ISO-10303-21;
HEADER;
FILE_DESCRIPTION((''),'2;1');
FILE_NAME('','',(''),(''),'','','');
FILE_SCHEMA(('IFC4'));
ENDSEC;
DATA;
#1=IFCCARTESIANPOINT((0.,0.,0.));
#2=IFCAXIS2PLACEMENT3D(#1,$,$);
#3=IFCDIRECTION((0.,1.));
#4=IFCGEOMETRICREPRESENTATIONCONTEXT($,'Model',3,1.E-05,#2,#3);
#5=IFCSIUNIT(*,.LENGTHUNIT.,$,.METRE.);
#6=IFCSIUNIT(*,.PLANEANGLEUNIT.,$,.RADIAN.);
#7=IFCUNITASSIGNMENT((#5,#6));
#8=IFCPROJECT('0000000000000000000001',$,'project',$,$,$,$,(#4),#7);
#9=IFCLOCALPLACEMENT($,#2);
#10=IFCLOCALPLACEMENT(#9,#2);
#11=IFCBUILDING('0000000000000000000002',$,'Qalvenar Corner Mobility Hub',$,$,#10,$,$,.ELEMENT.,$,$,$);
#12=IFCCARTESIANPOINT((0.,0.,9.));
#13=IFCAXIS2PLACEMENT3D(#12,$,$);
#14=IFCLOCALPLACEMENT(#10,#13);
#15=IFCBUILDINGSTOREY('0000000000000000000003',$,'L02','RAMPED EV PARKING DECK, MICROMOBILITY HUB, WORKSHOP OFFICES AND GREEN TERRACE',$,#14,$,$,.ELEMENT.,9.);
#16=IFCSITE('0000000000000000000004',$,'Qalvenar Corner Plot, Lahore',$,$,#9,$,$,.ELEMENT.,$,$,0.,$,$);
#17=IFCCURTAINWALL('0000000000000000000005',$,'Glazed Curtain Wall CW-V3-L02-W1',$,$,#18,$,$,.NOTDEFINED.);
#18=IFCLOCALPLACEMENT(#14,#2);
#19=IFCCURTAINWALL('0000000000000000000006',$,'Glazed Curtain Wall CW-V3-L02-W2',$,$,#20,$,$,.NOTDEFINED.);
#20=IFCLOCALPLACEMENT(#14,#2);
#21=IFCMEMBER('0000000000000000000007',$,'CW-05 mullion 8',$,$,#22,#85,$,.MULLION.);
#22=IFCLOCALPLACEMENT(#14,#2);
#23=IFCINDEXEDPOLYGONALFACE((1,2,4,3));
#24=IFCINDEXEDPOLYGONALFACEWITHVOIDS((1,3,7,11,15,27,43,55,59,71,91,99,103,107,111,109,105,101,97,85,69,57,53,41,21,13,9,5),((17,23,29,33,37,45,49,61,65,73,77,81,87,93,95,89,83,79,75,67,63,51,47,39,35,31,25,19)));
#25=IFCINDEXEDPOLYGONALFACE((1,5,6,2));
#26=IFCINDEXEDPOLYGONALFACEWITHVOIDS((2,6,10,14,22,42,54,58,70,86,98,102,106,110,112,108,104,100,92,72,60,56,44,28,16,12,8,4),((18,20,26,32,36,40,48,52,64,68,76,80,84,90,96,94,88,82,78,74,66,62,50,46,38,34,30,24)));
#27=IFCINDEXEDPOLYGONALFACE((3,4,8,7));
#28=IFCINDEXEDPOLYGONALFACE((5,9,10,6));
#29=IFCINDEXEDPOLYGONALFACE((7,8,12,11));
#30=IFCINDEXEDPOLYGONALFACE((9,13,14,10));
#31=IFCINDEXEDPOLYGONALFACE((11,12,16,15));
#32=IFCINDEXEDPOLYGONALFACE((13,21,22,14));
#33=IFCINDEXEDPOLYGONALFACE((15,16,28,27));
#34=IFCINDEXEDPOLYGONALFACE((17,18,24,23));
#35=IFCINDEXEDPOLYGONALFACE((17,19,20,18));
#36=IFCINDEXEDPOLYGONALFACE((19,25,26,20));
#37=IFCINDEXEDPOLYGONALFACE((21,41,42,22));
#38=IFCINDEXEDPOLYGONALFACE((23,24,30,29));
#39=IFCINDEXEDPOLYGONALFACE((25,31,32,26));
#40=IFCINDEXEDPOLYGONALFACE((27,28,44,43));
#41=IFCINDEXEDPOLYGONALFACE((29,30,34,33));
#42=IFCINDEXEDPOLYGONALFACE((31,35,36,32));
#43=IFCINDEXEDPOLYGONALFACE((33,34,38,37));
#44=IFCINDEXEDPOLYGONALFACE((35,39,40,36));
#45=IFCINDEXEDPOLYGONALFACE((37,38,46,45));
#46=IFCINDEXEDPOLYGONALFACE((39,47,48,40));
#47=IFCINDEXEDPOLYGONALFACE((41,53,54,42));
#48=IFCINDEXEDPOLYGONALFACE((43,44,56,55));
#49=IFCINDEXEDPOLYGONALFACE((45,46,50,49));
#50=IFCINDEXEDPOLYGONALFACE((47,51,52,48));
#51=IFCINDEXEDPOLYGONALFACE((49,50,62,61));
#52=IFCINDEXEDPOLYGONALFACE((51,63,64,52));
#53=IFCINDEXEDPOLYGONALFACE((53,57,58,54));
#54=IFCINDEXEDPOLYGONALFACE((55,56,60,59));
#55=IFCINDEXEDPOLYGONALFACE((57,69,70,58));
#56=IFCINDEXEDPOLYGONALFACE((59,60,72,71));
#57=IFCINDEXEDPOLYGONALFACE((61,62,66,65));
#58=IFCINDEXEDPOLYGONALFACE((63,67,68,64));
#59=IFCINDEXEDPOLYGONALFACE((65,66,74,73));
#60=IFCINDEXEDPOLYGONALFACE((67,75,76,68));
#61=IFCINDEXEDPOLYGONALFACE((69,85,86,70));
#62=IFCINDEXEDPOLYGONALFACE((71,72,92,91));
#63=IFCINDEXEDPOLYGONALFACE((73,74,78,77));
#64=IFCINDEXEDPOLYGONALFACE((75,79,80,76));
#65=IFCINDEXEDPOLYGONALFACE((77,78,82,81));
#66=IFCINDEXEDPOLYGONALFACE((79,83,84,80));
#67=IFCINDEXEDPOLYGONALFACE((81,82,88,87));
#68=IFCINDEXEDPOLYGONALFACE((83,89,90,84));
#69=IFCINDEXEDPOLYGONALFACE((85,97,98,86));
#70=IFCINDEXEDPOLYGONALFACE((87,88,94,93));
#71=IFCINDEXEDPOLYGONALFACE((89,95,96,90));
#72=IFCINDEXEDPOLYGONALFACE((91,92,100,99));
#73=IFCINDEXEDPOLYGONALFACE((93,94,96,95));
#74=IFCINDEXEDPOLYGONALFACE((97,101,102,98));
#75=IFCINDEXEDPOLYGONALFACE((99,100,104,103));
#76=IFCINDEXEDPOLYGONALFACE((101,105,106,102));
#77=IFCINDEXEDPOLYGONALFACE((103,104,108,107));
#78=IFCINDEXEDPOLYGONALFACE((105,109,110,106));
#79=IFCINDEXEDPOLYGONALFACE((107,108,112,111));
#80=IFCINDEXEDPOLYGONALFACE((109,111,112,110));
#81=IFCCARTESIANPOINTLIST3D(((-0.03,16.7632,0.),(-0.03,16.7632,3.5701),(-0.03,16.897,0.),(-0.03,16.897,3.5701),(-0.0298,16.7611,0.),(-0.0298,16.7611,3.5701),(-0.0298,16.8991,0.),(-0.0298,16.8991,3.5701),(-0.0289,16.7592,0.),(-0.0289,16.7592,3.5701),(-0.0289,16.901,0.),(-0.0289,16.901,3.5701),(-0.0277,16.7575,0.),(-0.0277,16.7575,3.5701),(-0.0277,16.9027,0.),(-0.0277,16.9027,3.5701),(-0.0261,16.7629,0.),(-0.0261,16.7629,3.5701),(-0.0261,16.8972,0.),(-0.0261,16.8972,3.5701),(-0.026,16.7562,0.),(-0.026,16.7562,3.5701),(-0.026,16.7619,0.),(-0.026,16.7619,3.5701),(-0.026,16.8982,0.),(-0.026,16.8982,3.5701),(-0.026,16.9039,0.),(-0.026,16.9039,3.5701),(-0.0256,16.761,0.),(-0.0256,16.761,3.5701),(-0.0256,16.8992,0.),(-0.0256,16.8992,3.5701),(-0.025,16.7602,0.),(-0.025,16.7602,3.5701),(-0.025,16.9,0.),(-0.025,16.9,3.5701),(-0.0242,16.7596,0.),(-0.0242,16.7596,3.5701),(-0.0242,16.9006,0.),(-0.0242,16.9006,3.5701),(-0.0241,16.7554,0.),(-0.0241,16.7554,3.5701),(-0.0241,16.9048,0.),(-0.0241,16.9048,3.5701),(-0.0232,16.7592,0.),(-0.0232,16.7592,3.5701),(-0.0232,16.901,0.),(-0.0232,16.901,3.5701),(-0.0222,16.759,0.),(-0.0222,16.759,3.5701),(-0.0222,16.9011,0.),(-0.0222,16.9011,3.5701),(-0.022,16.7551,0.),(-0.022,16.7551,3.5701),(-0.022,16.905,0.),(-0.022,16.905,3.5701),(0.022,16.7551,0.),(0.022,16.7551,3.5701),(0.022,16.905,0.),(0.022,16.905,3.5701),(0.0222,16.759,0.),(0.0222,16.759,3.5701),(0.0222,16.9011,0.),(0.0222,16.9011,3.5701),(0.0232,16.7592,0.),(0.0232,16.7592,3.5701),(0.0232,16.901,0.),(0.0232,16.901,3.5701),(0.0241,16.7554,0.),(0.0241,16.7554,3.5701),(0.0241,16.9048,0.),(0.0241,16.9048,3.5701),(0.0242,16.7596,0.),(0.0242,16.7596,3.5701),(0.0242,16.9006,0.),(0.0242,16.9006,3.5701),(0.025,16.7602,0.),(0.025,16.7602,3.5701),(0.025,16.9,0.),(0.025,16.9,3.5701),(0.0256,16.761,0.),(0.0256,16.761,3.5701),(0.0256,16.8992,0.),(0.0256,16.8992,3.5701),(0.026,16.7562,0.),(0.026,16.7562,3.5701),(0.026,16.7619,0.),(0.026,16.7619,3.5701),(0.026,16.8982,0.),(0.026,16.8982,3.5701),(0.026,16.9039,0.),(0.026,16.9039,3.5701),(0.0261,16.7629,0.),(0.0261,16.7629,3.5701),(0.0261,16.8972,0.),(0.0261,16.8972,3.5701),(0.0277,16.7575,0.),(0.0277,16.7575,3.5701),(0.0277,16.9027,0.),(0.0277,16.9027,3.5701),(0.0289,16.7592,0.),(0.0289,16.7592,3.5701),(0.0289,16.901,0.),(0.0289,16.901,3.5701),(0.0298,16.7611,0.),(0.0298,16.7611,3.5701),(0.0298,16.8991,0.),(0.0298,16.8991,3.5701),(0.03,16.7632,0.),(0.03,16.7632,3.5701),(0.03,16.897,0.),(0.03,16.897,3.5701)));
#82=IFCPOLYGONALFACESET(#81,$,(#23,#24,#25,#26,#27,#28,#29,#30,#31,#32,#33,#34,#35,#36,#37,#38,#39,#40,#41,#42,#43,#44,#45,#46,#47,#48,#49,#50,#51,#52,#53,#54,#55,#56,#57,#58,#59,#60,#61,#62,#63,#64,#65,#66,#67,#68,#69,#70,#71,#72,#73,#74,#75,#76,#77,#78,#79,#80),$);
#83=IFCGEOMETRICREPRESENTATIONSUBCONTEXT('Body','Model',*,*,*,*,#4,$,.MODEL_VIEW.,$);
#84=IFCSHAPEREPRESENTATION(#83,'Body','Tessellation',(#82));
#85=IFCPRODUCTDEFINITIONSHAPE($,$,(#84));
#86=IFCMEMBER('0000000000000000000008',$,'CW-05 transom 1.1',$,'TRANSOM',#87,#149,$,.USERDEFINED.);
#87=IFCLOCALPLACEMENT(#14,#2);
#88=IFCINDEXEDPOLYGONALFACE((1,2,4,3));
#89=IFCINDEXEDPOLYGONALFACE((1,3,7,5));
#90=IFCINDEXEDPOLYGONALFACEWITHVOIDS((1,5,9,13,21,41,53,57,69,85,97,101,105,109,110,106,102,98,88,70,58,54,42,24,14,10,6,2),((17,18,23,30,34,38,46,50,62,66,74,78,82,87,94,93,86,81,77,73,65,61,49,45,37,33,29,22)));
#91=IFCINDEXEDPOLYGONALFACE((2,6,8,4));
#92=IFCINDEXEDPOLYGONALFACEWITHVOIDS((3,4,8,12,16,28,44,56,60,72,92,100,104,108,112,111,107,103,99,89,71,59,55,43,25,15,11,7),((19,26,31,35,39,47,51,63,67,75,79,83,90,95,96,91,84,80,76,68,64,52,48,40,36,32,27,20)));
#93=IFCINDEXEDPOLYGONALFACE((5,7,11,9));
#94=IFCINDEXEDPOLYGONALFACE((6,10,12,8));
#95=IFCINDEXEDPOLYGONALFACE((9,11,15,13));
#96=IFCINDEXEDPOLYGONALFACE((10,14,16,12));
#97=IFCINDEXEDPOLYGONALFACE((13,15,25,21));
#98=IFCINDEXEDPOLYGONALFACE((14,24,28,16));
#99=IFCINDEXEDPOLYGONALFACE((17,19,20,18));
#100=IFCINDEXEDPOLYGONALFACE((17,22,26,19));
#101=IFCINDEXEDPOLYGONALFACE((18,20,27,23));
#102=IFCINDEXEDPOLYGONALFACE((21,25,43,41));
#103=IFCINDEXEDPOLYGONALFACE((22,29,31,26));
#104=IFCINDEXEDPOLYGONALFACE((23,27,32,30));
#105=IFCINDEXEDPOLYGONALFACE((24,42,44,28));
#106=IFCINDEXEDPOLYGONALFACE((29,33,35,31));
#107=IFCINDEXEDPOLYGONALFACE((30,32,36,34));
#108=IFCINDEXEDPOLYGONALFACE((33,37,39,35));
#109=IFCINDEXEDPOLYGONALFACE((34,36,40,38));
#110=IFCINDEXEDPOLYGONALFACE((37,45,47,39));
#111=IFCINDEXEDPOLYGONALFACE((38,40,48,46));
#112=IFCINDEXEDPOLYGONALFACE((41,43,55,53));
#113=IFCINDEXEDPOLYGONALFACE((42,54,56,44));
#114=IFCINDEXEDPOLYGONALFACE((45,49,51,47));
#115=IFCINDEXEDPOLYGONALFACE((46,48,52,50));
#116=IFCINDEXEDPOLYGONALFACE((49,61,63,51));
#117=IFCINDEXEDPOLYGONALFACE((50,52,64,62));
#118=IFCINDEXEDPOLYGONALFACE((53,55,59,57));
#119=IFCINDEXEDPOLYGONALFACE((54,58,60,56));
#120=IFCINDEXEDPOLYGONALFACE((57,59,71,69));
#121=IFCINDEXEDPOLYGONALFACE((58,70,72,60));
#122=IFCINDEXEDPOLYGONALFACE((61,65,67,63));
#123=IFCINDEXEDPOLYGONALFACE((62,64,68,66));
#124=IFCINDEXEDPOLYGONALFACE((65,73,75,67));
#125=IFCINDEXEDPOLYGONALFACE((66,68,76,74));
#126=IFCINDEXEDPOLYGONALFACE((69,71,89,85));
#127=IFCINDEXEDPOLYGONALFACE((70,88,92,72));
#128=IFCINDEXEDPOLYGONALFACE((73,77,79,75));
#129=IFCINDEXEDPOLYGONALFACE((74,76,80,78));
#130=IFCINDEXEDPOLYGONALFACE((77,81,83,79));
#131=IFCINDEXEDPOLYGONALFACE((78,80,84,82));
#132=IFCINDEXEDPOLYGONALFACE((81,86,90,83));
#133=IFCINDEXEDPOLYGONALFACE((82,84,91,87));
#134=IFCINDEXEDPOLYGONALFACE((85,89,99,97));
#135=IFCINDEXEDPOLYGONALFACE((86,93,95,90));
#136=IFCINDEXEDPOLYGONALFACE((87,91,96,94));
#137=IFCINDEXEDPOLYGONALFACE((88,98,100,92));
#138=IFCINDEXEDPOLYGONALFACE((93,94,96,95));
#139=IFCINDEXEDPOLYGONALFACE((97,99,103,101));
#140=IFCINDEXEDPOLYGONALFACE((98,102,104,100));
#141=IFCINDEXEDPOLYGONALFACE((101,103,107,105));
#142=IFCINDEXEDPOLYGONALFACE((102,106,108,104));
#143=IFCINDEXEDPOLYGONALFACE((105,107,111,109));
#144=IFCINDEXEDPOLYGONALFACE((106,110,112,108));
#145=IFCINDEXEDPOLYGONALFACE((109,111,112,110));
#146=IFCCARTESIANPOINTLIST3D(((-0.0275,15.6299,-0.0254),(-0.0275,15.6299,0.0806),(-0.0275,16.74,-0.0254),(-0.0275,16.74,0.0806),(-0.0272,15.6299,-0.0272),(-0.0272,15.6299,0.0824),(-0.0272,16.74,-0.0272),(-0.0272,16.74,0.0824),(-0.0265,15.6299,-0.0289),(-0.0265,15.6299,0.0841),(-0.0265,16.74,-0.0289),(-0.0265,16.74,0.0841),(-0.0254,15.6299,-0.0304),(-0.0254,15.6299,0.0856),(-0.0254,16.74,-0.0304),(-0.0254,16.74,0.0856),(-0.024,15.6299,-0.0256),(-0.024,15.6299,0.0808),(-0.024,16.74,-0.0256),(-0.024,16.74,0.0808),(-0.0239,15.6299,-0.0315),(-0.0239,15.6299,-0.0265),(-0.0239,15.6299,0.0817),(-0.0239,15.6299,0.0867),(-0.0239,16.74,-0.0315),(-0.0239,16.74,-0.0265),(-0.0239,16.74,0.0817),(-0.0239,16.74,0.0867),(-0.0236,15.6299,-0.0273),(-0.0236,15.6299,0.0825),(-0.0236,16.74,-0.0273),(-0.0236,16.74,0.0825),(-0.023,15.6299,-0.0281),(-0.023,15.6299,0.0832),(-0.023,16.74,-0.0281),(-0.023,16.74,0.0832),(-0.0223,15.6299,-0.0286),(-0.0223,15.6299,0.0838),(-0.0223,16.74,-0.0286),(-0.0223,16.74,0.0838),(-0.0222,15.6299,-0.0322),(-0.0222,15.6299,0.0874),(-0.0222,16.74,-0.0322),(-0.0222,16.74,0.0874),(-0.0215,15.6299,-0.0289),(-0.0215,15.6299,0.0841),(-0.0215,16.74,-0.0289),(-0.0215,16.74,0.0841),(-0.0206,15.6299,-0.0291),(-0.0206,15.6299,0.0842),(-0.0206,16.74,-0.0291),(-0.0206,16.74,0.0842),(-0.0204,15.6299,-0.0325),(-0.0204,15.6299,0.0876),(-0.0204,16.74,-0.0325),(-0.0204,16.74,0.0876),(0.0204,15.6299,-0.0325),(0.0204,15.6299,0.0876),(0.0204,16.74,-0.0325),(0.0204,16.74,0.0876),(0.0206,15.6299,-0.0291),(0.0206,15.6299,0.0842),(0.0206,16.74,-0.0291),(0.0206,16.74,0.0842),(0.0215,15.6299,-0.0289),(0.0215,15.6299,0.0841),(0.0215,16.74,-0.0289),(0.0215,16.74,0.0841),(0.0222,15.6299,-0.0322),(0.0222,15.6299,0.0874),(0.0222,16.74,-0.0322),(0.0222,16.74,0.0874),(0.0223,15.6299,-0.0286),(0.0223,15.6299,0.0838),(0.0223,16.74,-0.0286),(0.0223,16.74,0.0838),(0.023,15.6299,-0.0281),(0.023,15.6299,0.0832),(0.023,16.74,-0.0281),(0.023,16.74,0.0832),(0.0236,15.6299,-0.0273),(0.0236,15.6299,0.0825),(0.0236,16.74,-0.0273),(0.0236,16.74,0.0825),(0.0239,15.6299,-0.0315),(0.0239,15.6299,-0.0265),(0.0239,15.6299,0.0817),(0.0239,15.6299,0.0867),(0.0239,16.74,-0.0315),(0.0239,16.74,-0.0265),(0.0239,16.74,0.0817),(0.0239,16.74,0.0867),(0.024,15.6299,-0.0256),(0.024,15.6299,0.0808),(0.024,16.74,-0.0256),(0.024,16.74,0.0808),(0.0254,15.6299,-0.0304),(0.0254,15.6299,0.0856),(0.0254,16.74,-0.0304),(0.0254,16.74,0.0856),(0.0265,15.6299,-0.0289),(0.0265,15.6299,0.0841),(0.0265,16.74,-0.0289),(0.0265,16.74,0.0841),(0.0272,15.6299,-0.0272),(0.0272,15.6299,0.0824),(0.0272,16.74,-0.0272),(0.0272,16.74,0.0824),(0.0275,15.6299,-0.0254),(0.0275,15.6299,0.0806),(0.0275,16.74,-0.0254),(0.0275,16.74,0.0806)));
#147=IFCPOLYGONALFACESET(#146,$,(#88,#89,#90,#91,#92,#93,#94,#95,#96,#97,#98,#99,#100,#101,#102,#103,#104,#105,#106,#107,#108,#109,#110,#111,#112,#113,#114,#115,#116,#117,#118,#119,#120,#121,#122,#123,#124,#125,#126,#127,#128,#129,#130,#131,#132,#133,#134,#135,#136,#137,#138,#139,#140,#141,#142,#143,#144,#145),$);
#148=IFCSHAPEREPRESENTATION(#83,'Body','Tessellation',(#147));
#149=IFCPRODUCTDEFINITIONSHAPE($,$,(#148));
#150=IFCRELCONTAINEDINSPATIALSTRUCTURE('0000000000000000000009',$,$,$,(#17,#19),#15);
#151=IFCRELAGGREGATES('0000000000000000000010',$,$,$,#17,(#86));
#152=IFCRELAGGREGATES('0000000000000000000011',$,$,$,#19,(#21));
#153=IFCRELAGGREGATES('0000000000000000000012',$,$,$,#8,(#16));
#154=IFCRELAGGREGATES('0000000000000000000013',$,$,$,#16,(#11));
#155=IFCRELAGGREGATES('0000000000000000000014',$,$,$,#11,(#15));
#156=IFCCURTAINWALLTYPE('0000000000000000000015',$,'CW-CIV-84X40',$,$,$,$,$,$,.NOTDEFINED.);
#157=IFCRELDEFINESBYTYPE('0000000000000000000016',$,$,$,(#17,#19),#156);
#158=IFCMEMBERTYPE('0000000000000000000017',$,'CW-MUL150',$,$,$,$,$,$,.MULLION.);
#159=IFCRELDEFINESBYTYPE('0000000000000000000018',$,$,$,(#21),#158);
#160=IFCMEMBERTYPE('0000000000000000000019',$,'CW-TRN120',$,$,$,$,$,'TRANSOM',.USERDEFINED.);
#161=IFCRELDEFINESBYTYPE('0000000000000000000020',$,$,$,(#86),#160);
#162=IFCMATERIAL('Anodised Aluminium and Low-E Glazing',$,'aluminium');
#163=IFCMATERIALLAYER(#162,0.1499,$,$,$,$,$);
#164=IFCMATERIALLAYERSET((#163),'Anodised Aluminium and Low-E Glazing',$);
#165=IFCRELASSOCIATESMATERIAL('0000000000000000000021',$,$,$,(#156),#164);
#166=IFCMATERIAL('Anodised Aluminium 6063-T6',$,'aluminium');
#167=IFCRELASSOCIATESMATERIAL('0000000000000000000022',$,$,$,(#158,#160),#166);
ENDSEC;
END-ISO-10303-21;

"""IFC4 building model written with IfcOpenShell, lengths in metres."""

from ifc_helpers import new_model, si_unit, direction, frame, origin, origin_2d, place, context, subcontext, project, spatial, hollow_rectangle, extrude, material, layer, layer_set, material_profile, profile_set, type_object, element, aggregate, save


model = new_model("IFC4")

# Units and contexts
model_context = context("Model", 3, precision=1e-05, world=origin(), true_north=direction((0.0, 1.0)))
body_context = subcontext(model_context, "Body", "Model", "MODEL_VIEW")
ifc_project = project(units=[si_unit("LENGTHUNIT", "METRE"), si_unit("PLANEANGLEUNIT", "RADIAN")], contexts=[model_context])

# Site, building, storey
site_placement = place(None, origin())
site = spatial("IfcSite", under=ifc_project, at=site_placement, Name="Qalvenar Corner Plot, Lahore", CompositionType="ELEMENT", RefElevation=0.0)
building_placement = place(site_placement, origin())
building = spatial("IfcBuilding", under=site, at=building_placement, Name="Qalvenar Corner Mobility Hub", CompositionType="ELEMENT")
storey_placement = place(building_placement, frame((0.0, 0.0, 9.0)))
storey = spatial("IfcBuildingStorey", under=building, at=storey_placement, Name="L02", Description="RAMPED EV PARKING DECK, MICROMOBILITY HUB, WORKSHOP OFFICES AND GREEN TERRACE", CompositionType="ELEMENT", Elevation=9.0)

# Curtain walls, member
ifc_material_1 = material(Name="Anodised Aluminium and Low-E Glazing", Category="aluminium")
ifc_layer_1 = layer(ifc_material_1, 0.1499)
ifc_layer_set_1 = layer_set([ifc_layer_1], Name="Anodised Aluminium and Low-E Glazing")
curtain_wall_type = type_object("IfcCurtainWallType", Name="CW-CIV-84X40", PredefinedType="NOTDEFINED", material=ifc_layer_set_1)
curtain_wall_1_placement = place(storey_placement, origin())
curtain_wall_1 = element("IfcCurtainWall", 1, at=curtain_wall_1_placement, inside=storey, type_object=curtain_wall_type, Name="Glazed Curtain Wall CW-V3-L02-W1", PredefinedType="NOTDEFINED")
ifc_material_2 = material(Name="Anodised Aluminium 6063-T6", Category="aluminium")
ifc_material_profile_1 = material_profile(ifc_material_2, hollow_rectangle(XDim=0.0601, YDim=0.1499, WallThickness=0.0039, InnerFilletRadius=0.0039, OuterFilletRadius=0.0081, at=origin_2d()), Name="RHS150x60x4")
ifc_profile_set_1 = profile_set([ifc_material_profile_1], Name="Anodised Aluminium 6063-T6")
member_type_1 = type_object("IfcMemberType", Name="CW-MUL150", PredefinedType="MULLION", material=ifc_profile_set_1)
curtain_wall_2_placement = place(storey_placement, origin())
curtain_wall_2 = element("IfcCurtainWall", 2, at=curtain_wall_2_placement, inside=storey, type_object=curtain_wall_type, Name="Glazed Curtain Wall CW-V3-L02-W2", PredefinedType="NOTDEFINED")
member_1_placement = place(storey_placement, frame((0.0, 16.8301, 0.0), z_axis=(0.0, 0.0, 1.0), x_axis=(1.0, 0.0, 0.0)))
member_1 = element("IfcMember", 3, at=member_1_placement, type_object=member_type_1, Name="CW-05 mullion 8", PredefinedType="MULLION", context=body_context, shape_type="SweptSolid", body=[
    extrude(hollow_rectangle(XDim=0.0601, YDim=0.1499, WallThickness=0.0039, InnerFilletRadius=0.0039, OuterFilletRadius=0.0081, at=origin_2d()), origin(), (0.0, 0.0, 1.0), 3.5701),
])

# Member
ifc_material_profile_2 = material_profile(ifc_material_2, hollow_rectangle(XDim=0.0549, YDim=0.1201, WallThickness=0.0034, InnerFilletRadius=0.0034, OuterFilletRadius=0.0071, at=origin_2d()), Name="RHS120x55x3.5")
ifc_profile_set_2 = profile_set([ifc_material_profile_2], Name="Anodised Aluminium 6063-T6")
member_type_2 = type_object("IfcMemberType", Name="CW-TRN120", ElementType="TRANSOM", PredefinedType="USERDEFINED", material=ifc_profile_set_2)
member_2_placement = place(storey_placement, frame((0.0, 16.74, 0.0276), z_axis=(0.0, -1.0, 0.0), x_axis=(1.0, 0.0, 0.0)))
member_2 = element("IfcMember", 4, at=member_2_placement, type_object=member_type_2, Name="CW-05 transom 1.1", ObjectType="TRANSOM", PredefinedType="USERDEFINED", context=body_context, shape_type="SweptSolid", body=[
    extrude(hollow_rectangle(XDim=0.0549, YDim=0.1201, WallThickness=0.0034, InnerFilletRadius=0.0034, OuterFilletRadius=0.0071, at=origin_2d()), origin(), (0.0, 0.0, 1.0), 1.1101),
])

aggregate(curtain_wall_1, [member_2])
aggregate(curtain_wall_2, [member_1])

save(model, "model.ifc")
